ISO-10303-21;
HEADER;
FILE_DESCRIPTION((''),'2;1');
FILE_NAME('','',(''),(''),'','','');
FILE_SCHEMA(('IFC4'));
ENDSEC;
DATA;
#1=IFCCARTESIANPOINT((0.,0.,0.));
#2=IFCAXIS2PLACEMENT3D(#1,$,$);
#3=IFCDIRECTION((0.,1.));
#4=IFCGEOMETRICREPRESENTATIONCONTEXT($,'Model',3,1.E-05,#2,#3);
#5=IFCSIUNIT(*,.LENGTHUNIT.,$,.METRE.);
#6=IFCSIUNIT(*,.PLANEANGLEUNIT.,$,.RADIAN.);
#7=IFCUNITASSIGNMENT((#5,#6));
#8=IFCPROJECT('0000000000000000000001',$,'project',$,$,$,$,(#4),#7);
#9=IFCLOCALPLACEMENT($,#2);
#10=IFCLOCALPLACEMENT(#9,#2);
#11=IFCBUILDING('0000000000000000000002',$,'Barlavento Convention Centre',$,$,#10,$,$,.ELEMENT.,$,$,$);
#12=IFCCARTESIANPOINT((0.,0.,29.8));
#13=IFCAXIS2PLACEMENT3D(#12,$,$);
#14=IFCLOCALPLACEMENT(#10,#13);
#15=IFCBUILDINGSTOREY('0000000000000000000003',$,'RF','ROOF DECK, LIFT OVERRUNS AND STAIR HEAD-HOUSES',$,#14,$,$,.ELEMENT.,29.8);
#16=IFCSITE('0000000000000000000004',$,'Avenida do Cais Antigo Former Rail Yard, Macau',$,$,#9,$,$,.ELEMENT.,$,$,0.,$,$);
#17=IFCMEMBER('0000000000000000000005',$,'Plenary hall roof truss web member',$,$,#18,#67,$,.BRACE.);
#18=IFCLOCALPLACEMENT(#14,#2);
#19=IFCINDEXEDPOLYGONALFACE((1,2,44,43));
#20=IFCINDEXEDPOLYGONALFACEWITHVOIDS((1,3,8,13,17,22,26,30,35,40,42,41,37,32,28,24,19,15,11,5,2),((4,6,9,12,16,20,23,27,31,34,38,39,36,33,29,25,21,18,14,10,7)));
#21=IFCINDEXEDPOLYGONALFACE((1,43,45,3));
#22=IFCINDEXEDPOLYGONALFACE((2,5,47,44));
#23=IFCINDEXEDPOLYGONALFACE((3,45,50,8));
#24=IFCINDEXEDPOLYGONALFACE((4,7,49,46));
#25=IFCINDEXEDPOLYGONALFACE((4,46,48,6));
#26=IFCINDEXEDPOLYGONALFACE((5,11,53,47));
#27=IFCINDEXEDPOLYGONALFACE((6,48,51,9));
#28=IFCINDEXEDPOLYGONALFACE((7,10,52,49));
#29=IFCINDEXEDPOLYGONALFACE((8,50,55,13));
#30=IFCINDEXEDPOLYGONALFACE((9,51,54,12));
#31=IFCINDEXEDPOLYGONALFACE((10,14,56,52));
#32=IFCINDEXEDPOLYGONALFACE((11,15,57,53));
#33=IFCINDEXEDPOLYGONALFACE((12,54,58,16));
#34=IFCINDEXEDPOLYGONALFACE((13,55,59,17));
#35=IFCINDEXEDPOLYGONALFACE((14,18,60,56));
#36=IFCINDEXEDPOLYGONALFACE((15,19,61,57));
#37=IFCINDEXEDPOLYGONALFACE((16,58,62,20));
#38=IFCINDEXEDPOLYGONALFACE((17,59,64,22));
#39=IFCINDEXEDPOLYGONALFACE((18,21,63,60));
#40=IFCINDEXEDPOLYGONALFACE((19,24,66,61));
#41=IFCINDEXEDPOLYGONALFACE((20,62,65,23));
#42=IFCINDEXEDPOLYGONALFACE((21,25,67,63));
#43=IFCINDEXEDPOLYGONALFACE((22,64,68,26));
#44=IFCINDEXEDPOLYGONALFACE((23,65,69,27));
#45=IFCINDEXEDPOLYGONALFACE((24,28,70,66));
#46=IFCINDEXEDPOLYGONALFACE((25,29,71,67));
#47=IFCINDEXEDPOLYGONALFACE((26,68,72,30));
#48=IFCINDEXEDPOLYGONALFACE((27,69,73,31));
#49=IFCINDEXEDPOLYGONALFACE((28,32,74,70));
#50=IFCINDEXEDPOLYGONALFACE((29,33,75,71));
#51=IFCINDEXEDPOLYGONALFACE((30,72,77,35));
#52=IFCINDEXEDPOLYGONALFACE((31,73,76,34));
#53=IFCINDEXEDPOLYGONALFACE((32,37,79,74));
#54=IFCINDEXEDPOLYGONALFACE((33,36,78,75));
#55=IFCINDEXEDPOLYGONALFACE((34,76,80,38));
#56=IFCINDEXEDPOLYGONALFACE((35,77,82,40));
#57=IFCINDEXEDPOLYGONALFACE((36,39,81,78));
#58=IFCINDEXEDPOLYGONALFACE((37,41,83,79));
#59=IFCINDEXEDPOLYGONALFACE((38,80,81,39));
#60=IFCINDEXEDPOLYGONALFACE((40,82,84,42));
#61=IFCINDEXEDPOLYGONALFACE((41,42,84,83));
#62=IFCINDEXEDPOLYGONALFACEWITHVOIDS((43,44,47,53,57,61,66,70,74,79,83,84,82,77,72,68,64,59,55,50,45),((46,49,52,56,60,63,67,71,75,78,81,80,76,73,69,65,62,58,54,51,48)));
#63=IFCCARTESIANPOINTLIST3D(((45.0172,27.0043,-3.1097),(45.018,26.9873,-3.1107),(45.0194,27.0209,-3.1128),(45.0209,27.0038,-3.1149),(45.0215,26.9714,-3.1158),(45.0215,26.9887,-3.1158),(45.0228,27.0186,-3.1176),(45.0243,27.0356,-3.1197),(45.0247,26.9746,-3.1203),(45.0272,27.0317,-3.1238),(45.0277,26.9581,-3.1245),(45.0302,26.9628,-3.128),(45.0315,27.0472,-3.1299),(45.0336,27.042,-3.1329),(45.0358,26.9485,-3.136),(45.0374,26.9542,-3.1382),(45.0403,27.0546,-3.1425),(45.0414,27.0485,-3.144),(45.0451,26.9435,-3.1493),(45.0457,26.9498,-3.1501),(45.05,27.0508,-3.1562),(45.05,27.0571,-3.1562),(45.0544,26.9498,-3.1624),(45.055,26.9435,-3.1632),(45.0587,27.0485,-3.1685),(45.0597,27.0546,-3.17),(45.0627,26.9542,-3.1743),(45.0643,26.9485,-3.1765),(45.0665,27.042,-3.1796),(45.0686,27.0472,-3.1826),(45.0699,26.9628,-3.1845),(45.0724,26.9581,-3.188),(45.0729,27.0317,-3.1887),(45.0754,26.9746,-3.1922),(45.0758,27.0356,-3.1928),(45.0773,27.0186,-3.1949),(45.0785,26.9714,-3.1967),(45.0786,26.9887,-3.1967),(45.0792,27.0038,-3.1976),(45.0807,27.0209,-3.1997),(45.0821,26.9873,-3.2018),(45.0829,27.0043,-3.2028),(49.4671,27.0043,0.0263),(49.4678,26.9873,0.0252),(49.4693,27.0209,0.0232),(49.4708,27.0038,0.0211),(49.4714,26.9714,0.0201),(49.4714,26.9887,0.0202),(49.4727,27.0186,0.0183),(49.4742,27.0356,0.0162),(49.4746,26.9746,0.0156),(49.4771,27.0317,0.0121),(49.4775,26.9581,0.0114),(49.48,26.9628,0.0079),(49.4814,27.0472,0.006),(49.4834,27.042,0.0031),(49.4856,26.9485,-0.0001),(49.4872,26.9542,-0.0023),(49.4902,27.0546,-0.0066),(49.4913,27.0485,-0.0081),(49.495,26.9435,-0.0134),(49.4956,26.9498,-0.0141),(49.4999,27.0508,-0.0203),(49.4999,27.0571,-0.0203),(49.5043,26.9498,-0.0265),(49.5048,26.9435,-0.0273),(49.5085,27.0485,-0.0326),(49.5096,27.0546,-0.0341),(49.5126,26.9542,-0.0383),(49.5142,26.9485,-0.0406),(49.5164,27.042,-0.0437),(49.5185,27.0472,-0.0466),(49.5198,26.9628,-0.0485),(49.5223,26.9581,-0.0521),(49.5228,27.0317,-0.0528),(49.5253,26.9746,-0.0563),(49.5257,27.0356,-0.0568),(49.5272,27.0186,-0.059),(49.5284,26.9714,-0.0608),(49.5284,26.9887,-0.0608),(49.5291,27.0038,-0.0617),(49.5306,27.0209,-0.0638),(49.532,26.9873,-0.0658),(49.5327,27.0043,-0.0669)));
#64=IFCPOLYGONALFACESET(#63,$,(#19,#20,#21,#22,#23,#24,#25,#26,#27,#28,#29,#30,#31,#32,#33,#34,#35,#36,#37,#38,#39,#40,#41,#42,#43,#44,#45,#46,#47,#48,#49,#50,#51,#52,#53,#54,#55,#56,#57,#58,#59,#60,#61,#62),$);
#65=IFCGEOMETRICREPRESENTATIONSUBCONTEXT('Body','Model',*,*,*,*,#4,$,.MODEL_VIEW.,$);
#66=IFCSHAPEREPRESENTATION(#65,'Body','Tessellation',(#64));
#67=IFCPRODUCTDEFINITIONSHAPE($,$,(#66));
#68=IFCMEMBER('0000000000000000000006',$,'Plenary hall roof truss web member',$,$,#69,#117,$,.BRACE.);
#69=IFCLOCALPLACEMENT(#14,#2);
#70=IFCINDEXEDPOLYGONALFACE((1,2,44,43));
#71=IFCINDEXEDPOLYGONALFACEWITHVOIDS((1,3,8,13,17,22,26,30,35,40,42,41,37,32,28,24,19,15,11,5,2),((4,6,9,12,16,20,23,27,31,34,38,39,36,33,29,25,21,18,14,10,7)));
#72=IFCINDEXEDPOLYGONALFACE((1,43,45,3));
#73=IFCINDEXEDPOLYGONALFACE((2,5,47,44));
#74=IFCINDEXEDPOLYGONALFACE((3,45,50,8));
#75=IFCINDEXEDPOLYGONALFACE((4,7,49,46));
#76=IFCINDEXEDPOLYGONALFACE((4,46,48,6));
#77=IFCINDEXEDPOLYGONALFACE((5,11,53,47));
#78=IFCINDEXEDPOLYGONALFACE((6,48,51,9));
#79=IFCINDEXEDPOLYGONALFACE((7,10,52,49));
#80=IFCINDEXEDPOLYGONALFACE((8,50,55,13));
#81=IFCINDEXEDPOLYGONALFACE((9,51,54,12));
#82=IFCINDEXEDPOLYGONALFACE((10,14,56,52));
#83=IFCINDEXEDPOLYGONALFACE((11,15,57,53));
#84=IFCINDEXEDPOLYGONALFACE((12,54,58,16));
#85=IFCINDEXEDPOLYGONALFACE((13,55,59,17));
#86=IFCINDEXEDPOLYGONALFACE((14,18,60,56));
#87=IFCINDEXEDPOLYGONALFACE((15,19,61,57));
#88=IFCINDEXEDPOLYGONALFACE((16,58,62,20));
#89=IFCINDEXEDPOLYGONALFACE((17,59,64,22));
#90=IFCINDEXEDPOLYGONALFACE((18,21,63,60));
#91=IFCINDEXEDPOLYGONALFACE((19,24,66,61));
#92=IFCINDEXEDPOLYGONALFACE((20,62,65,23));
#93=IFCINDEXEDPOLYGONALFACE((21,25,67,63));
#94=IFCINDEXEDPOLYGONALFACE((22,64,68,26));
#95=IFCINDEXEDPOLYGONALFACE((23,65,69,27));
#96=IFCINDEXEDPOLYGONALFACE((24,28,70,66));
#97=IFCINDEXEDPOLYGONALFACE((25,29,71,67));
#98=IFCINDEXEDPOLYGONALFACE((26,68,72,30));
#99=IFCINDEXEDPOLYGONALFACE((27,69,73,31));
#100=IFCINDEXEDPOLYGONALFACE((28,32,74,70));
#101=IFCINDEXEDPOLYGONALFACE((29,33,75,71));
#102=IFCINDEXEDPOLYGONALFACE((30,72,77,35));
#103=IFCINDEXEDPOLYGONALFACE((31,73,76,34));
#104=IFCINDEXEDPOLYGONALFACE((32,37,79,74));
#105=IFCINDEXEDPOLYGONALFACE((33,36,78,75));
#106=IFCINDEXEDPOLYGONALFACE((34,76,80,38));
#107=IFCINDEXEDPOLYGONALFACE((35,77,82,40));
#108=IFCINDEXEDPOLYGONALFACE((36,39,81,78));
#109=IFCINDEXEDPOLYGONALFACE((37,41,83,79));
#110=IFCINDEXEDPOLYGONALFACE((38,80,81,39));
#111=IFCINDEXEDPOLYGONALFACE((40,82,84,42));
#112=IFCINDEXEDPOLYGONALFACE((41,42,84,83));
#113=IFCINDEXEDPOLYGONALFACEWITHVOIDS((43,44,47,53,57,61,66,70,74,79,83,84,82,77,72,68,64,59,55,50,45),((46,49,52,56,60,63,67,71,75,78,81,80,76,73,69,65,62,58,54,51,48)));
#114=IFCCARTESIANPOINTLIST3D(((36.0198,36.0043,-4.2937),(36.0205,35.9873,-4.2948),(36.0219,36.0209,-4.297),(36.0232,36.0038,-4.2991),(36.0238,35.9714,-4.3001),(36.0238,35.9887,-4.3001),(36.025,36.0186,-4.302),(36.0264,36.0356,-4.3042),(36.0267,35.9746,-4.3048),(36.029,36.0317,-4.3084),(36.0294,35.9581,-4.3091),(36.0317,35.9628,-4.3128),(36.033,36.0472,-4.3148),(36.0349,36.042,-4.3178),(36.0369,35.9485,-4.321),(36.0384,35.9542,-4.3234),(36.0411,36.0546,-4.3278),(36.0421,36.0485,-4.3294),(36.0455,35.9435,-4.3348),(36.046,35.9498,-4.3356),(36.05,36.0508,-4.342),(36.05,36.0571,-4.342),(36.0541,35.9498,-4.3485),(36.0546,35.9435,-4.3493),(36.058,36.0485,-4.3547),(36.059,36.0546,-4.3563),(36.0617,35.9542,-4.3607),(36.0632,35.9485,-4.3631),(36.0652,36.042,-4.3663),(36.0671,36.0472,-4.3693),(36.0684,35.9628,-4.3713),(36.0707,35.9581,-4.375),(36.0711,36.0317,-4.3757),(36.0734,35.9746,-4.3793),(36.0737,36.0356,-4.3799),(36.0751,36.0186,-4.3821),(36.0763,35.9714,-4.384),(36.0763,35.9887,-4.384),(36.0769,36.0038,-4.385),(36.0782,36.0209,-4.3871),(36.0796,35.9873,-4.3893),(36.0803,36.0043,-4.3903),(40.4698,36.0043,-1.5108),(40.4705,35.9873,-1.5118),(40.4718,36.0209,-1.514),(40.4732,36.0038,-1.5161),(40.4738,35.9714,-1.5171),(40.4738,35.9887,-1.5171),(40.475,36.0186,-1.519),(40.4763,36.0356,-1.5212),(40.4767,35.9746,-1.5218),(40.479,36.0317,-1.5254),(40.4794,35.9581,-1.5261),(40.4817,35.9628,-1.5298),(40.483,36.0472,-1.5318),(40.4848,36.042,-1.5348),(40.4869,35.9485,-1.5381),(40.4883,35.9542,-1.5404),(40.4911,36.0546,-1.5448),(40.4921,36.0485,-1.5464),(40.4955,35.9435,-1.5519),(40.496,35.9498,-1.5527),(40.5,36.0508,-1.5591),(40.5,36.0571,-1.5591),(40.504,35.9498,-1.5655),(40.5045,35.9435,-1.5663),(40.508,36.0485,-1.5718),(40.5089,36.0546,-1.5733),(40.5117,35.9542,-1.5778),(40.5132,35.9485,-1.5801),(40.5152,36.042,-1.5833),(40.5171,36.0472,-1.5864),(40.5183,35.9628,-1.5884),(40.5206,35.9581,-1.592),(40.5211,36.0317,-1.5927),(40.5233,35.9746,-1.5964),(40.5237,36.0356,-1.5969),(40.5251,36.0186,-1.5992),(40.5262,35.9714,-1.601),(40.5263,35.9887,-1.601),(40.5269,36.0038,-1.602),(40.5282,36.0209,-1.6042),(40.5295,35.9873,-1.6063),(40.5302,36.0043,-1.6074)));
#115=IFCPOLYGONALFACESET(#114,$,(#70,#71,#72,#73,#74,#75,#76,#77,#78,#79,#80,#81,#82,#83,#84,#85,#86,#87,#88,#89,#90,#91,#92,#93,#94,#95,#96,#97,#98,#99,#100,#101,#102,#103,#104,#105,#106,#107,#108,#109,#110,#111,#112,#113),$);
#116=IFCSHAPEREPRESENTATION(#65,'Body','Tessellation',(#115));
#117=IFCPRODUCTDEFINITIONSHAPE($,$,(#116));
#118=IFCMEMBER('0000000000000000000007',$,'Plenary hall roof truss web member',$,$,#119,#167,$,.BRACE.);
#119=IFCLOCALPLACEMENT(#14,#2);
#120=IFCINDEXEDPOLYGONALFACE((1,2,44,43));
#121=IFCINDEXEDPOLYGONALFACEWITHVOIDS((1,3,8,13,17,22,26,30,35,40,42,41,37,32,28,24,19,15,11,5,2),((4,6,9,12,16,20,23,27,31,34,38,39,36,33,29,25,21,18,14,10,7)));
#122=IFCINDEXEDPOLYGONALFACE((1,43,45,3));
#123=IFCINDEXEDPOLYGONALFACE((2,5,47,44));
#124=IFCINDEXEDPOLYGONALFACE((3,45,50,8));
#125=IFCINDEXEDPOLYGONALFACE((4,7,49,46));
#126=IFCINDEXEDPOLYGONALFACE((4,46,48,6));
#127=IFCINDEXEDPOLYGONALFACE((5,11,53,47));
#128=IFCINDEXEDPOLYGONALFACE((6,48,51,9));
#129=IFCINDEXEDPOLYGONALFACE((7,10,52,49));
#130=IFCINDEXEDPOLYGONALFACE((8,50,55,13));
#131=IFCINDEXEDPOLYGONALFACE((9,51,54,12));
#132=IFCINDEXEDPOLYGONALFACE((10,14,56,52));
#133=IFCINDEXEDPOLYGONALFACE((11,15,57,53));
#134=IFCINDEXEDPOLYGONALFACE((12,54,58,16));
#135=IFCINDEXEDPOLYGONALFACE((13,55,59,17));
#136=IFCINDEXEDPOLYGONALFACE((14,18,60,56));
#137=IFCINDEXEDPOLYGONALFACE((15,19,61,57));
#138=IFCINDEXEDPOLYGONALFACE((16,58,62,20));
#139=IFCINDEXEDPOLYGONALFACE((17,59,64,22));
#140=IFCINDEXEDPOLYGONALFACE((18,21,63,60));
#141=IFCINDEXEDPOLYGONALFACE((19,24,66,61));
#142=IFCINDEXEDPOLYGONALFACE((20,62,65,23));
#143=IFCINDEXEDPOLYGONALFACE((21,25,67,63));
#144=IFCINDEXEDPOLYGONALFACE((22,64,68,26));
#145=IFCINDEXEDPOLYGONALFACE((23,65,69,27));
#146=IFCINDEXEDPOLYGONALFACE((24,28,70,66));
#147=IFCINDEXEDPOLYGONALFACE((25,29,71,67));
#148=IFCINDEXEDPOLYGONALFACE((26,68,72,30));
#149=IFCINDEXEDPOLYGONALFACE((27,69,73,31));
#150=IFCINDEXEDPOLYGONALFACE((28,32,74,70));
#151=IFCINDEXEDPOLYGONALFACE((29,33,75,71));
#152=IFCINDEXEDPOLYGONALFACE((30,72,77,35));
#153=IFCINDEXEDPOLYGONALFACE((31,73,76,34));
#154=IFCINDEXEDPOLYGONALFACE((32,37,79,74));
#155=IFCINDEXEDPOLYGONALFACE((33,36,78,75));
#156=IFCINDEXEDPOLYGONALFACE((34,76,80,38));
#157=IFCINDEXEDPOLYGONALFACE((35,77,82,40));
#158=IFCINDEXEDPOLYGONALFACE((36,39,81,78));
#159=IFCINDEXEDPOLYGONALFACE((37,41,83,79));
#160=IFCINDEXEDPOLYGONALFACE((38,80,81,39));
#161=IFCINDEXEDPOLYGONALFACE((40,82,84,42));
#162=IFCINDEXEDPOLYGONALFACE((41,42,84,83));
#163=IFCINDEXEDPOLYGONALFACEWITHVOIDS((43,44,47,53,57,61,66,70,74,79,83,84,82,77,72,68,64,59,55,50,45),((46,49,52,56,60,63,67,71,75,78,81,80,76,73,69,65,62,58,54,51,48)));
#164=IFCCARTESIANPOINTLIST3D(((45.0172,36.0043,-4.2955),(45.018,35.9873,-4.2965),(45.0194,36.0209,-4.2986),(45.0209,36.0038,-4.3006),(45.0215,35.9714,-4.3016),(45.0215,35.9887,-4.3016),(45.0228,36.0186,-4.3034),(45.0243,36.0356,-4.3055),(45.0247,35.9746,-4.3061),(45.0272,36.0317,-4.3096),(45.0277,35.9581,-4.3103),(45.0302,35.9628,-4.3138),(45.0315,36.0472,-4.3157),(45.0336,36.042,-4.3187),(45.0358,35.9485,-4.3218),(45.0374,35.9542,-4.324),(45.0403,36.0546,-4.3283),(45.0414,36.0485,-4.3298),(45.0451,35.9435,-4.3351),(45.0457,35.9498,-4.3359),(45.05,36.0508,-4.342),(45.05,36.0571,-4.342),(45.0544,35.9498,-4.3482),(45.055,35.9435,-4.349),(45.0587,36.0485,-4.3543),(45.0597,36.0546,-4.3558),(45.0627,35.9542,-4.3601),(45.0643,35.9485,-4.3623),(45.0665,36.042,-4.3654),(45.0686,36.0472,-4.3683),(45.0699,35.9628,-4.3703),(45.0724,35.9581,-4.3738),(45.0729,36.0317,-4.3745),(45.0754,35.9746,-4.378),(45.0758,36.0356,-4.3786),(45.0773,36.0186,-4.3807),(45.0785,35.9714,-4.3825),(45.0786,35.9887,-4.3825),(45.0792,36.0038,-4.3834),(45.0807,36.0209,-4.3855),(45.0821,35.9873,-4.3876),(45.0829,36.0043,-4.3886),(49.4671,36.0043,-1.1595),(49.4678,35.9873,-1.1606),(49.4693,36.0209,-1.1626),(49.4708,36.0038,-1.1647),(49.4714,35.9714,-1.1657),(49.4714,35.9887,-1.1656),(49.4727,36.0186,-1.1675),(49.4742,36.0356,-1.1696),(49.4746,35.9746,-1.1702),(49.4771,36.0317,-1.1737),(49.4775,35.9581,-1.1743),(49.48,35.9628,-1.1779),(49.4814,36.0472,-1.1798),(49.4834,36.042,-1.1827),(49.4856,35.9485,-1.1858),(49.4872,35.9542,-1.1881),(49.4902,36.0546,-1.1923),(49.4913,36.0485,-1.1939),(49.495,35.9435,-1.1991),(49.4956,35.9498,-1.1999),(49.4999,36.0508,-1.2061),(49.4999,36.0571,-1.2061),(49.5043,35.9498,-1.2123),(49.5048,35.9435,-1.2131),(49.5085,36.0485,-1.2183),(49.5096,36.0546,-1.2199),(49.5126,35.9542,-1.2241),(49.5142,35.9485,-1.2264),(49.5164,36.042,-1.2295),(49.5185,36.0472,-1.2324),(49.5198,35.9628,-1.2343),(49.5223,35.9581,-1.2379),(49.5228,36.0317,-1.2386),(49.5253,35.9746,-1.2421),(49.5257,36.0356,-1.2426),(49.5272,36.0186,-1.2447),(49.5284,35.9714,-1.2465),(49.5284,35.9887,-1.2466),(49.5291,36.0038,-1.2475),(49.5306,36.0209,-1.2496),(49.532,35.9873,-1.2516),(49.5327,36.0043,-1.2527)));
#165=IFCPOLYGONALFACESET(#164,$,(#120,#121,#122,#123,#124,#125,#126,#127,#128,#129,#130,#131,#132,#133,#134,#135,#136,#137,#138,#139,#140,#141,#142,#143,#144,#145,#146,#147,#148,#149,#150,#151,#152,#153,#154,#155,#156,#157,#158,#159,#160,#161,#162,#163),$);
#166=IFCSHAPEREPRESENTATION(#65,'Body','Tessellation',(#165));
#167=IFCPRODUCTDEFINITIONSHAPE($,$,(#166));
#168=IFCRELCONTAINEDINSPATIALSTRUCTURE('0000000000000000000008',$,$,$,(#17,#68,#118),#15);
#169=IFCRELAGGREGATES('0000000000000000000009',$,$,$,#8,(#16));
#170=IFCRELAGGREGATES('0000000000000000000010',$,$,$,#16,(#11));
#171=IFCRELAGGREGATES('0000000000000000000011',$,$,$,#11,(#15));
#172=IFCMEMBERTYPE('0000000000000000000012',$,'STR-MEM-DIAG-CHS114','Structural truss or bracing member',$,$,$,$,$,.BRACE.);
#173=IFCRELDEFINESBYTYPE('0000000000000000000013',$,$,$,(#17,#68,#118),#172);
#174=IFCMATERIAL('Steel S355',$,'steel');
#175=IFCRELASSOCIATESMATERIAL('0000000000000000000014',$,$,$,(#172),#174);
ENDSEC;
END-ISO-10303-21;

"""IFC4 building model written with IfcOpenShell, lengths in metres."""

from ifc_helpers import new_model, si_unit, direction, frame, origin, origin_2d, place, context, subcontext, project, spatial, hollow_circle, extrude, material, material_profile, profile_set, type_object, element, save


model = new_model("IFC4")

# Units and contexts
model_context = context("Model", 3, precision=1e-05, world=origin(), true_north=direction((0.0, 1.0)))
body_context = subcontext(model_context, "Body", "Model", "MODEL_VIEW")
ifc_project = project(units=[si_unit("LENGTHUNIT", "METRE"), si_unit("PLANEANGLEUNIT", "RADIAN")], contexts=[model_context])

# Site, building, storey
site_placement = place(None, origin())
site = spatial("IfcSite", under=ifc_project, at=site_placement, Name="Avenida do Cais Antigo Former Rail Yard, Macau", CompositionType="ELEMENT", RefElevation=0.0)
building_placement = place(site_placement, origin())
building = spatial("IfcBuilding", under=site, at=building_placement, Name="Barlavento Convention Centre", CompositionType="ELEMENT")
storey_placement = place(building_placement, frame((0.0, 0.0, 29.8)))
storey = spatial("IfcBuildingStorey", under=building, at=storey_placement, Name="RF", Description="ROOF DECK, LIFT OVERRUNS AND STAIR HEAD-HOUSES", CompositionType="ELEMENT", Elevation=29.8)

# Members
ifc_material_1 = material(Name="Steel S355", Category="steel")
ifc_material_profile_1 = material_profile(ifc_material_1, hollow_circle(Radius=0.0571, WallThickness=0.0063, at=origin_2d()), Name="CHS 114.3x6.3")
ifc_profile_set_1 = profile_set([ifc_material_profile_1], Name="Steel S355")
member_type_1 = type_object("IfcMemberType", Name="STR-MEM-DIAG-CHS114", Description="Structural truss or bracing member", PredefinedType="BRACE", material=ifc_profile_set_1)
member_1_placement = place(storey_placement, frame((45.05, 27.0, -3.1562), z_axis=(0.817414, 0.0, 0.576051), x_axis=(0.0, 1.0, 0.0)))
element("IfcMember", 1, at=member_1_placement, inside=storey, type_object=member_type_1, Name="Plenary hall roof truss web member", PredefinedType="BRACE", context=body_context, shape_type="SweptSolid", body=[
    extrude(hollow_circle(Radius=0.0571, WallThickness=0.0063, at=origin_2d()), origin(), (0.0, 0.0, 1.0), 5.4438),
])
member_2_placement = place(storey_placement, frame((36.05, 36.0, -4.342), z_axis=(0.847849, 0.0, 0.530237), x_axis=(0.0, 1.0, 0.0)))
element("IfcMember", 2, at=member_2_placement, inside=storey, type_object=member_type_1, Name="Plenary hall roof truss web member", PredefinedType="BRACE", context=body_context, shape_type="SweptSolid", body=[
    extrude(hollow_circle(Radius=0.0571, WallThickness=0.0063, at=origin_2d()), origin(), (0.0, 0.0, 1.0), 5.2485),
])
member_3_placement = place(storey_placement, frame((45.05, 36.0, -4.342), z_axis=(0.817414, 0.0, 0.576051), x_axis=(0.0, 1.0, 0.0)))
element("IfcMember", 3, at=member_3_placement, inside=storey, type_object=member_type_1, Name="Plenary hall roof truss web member", PredefinedType="BRACE", context=body_context, shape_type="SweptSolid", body=[
    extrude(hollow_circle(Radius=0.0571, WallThickness=0.0063, at=origin_2d()), origin(), (0.0, 0.0, 1.0), 5.4438),
])

save(model, "model.ifc")
